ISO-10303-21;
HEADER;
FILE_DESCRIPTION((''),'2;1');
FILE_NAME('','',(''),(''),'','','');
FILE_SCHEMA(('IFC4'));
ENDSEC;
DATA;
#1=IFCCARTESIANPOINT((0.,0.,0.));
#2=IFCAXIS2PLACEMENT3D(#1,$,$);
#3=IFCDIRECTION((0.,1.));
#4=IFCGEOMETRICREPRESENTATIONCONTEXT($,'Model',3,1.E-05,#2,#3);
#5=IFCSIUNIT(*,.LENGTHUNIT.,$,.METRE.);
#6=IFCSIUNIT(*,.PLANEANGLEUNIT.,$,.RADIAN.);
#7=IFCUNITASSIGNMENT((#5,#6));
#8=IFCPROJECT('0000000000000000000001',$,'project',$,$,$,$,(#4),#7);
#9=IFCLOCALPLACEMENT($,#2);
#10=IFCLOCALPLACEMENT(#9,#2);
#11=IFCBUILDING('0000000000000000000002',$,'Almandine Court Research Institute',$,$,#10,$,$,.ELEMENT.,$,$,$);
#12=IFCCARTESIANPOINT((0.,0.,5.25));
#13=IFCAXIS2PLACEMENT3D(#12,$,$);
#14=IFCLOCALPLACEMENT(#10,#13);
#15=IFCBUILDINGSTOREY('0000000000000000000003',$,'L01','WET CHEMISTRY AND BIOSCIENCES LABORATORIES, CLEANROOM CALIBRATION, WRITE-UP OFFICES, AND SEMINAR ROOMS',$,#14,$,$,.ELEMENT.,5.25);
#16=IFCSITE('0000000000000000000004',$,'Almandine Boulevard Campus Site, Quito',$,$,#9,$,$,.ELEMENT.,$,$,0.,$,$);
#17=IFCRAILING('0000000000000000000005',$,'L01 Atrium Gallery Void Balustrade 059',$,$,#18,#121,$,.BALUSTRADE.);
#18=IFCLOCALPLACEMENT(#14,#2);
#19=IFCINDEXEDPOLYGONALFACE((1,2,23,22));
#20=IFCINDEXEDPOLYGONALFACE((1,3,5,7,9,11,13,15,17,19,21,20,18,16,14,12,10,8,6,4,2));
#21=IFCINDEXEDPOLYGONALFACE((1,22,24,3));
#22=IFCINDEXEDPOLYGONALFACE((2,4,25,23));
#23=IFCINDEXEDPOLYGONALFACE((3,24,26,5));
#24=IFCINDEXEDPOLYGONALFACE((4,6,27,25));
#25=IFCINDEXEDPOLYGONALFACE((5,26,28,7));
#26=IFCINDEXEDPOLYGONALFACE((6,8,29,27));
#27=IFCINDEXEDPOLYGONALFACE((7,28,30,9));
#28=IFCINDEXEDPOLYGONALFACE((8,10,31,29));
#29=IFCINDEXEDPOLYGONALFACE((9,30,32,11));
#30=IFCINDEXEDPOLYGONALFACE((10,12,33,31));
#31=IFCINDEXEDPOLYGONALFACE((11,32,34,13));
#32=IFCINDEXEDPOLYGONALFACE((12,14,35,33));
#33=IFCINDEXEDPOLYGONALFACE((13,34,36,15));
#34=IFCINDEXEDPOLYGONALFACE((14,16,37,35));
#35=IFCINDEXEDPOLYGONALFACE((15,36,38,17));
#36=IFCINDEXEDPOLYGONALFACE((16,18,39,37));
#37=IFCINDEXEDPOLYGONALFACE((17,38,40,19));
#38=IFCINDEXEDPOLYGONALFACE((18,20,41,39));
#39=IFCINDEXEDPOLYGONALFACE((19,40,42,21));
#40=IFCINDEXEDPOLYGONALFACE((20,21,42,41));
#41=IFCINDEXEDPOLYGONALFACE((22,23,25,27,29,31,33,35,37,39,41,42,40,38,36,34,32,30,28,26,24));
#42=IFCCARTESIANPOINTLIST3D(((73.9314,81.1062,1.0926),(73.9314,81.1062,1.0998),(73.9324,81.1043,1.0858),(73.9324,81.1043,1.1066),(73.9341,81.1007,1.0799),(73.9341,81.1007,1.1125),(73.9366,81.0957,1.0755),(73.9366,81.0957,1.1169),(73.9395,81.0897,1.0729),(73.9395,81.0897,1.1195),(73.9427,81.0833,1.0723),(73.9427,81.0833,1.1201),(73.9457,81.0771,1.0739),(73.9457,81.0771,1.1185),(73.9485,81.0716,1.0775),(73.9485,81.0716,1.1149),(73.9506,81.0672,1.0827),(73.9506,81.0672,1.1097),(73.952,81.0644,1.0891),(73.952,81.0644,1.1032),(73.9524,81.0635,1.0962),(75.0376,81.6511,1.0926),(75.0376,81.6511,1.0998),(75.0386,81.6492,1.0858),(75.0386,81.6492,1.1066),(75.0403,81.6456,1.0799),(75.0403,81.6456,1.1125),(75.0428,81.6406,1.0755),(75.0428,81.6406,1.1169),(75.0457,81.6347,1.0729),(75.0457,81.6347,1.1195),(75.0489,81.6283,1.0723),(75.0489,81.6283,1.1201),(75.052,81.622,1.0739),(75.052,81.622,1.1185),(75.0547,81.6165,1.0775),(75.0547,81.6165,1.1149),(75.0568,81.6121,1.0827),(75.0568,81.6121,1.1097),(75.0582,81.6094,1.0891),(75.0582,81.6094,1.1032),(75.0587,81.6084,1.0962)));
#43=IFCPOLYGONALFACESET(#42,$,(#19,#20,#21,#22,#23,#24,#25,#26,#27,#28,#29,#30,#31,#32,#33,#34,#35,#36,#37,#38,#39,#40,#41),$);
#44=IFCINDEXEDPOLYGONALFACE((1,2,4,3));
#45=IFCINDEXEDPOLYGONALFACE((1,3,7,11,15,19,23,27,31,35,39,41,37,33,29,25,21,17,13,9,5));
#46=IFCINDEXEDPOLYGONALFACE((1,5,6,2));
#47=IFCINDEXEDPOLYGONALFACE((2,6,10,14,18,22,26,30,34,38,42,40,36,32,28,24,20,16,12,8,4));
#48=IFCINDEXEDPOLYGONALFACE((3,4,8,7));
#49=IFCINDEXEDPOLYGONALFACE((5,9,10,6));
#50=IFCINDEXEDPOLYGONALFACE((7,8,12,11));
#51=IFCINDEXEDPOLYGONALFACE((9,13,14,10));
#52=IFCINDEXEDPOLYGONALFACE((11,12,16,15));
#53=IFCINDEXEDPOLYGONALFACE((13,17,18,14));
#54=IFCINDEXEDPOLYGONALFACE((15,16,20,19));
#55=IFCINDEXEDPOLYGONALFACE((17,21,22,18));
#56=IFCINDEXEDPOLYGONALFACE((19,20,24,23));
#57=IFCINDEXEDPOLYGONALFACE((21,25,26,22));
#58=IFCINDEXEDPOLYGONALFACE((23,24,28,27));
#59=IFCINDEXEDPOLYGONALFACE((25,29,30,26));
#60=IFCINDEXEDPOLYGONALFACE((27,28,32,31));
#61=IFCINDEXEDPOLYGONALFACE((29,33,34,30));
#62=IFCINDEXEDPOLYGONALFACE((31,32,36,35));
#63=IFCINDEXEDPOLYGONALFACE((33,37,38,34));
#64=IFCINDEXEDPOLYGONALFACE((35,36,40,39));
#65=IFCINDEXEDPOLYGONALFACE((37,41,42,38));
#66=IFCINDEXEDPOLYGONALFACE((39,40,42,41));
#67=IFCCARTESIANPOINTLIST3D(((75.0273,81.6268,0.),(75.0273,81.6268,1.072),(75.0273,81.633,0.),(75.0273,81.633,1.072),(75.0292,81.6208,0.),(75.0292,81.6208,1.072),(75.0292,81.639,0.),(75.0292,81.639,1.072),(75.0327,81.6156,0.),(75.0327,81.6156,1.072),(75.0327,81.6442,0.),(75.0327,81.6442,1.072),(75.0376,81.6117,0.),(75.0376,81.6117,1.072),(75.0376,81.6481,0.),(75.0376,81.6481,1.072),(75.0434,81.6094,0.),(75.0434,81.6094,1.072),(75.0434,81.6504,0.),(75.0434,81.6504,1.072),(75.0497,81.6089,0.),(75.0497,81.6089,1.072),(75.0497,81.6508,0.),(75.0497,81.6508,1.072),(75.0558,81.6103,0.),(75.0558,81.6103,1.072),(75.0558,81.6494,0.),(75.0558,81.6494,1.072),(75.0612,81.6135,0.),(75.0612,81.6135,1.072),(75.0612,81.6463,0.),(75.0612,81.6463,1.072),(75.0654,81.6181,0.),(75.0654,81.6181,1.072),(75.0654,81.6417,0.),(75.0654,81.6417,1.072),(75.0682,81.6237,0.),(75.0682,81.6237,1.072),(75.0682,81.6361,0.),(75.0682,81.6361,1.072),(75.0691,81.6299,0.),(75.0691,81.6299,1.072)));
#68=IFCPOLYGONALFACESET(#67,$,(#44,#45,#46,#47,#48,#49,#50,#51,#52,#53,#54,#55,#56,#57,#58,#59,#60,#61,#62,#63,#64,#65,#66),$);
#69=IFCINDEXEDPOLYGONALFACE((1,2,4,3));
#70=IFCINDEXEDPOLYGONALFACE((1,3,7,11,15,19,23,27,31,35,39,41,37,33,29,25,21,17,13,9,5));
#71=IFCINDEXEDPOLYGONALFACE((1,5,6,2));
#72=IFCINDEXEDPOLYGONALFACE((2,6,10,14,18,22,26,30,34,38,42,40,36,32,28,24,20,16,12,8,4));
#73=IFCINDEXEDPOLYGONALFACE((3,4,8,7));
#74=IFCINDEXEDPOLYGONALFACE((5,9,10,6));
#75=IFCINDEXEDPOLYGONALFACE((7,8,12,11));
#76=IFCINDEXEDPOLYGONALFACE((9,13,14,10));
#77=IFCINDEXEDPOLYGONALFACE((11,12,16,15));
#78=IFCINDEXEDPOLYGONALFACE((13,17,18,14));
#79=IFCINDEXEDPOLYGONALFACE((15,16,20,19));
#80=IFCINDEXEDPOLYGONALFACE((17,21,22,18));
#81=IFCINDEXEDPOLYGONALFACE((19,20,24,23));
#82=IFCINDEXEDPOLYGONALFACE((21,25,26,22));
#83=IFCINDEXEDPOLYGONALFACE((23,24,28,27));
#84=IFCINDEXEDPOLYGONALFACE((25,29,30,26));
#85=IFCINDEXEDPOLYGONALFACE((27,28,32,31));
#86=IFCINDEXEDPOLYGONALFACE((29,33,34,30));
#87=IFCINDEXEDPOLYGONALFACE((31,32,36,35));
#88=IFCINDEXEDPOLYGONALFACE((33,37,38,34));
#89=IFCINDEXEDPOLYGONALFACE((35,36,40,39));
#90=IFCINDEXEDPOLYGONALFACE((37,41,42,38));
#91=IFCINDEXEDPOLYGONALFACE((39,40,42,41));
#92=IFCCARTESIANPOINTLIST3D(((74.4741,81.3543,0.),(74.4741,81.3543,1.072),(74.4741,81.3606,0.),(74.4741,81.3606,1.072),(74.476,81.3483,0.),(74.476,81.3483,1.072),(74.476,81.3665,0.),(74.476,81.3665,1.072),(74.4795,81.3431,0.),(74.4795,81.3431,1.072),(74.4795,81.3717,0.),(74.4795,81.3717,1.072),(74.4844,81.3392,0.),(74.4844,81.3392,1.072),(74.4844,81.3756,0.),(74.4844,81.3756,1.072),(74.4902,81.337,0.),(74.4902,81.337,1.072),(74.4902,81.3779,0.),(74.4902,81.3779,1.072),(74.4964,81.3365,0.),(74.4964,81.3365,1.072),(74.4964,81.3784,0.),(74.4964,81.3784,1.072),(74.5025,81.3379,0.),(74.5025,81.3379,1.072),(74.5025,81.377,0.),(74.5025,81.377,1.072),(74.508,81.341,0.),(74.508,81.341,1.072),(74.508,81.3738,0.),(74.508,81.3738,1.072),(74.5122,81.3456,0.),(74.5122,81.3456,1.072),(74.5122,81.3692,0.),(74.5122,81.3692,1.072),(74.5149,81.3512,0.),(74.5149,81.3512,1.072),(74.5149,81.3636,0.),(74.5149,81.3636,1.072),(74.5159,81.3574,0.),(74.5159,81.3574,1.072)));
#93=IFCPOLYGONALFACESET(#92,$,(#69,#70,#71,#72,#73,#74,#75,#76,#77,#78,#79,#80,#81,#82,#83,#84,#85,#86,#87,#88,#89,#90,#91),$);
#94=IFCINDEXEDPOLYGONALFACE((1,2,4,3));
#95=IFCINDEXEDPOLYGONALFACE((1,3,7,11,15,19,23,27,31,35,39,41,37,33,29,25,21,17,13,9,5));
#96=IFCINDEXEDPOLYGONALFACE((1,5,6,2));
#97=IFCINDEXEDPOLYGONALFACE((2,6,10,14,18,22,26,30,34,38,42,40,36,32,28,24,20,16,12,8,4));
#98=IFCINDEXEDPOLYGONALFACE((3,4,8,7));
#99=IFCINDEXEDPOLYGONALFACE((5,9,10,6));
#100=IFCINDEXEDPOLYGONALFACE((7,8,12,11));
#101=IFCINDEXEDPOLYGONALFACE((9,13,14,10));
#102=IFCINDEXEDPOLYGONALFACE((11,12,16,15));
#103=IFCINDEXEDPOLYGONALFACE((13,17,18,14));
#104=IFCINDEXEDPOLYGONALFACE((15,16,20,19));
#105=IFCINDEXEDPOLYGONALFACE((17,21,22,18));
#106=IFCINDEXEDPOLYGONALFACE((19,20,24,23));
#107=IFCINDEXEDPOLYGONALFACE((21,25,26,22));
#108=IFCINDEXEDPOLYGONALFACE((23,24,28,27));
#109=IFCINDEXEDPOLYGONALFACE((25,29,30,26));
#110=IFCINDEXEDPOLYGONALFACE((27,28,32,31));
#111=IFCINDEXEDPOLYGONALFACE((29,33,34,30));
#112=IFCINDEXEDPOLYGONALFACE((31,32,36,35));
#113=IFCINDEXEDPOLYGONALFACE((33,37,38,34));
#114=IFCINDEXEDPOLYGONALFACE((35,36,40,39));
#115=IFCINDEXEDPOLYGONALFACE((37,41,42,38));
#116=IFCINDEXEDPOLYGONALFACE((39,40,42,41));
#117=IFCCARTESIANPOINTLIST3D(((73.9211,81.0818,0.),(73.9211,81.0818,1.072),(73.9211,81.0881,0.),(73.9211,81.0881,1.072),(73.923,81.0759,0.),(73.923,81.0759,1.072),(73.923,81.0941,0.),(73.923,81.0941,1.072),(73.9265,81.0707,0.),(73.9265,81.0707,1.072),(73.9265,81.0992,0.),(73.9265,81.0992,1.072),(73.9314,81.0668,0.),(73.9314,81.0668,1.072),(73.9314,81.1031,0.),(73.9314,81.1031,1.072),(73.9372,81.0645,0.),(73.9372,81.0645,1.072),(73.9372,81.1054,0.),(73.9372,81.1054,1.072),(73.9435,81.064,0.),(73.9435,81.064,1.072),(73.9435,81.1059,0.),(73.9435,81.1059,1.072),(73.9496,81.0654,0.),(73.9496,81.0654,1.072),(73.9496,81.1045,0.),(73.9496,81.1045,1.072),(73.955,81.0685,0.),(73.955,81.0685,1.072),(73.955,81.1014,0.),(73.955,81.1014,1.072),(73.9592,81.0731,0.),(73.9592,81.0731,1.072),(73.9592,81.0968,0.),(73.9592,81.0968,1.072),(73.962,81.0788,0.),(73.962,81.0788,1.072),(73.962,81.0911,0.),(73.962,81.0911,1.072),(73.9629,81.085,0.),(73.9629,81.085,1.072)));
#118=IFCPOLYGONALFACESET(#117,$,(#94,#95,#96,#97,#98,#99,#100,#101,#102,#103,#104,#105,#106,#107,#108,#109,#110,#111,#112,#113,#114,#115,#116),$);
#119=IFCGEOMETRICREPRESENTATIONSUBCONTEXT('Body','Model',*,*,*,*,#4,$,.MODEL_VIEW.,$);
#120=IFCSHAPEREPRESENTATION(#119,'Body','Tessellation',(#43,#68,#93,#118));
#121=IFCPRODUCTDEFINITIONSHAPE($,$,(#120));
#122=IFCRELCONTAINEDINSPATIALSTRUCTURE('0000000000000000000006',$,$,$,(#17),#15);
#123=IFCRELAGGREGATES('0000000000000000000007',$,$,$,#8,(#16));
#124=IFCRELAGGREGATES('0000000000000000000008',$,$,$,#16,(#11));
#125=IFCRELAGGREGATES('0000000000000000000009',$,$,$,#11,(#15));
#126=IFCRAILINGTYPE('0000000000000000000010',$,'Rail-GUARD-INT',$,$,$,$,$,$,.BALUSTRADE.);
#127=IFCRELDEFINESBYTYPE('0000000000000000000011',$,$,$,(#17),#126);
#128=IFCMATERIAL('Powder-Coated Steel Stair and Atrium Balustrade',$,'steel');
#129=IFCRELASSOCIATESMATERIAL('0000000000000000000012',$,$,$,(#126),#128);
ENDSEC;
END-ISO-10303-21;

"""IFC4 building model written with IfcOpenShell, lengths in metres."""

from ifc_helpers import new_model, si_unit, direction, frame, origin, origin_2d, place, context, subcontext, project, spatial, circle, extrude, material, type_object, element, save


model = new_model("IFC4")

# Units and contexts
model_context = context("Model", 3, precision=1e-05, world=origin(), true_north=direction((0.0, 1.0)))
body_context = subcontext(model_context, "Body", "Model", "MODEL_VIEW")
ifc_project = project(units=[si_unit("LENGTHUNIT", "METRE"), si_unit("PLANEANGLEUNIT", "RADIAN")], contexts=[model_context])

# Site, building, storey
site_placement = place(None, origin())
site = spatial("IfcSite", under=ifc_project, at=site_placement, Name="Almandine Boulevard Campus Site, Quito", CompositionType="ELEMENT", RefElevation=0.0)
building_placement = place(site_placement, origin())
building = spatial("IfcBuilding", under=site, at=building_placement, Name="Almandine Court Research Institute", CompositionType="ELEMENT")
storey_placement = place(building_placement, frame((0.0, 0.0, 5.25)))
storey = spatial("IfcBuildingStorey", under=building, at=storey_placement, Name="L01", Description="WET CHEMISTRY AND BIOSCIENCES LABORATORIES, CLEANROOM CALIBRATION, WRITE-UP OFFICES, AND SEMINAR ROOMS", CompositionType="ELEMENT", Elevation=5.25)

# Railing
ifc_material_1 = material(Name="Powder-Coated Steel Stair and Atrium Balustrade", Category="steel")
railing_type = type_object("IfcRailingType", Name="Rail-GUARD-INT", PredefinedType="BALUSTRADE", material=ifc_material_1)
railing_1_placement = place(storey_placement, frame((75.0481, 81.6299, 0.0)))
element("IfcRailing", 1, at=railing_1_placement, inside=storey, type_object=railing_type, Name="L01 Atrium Gallery Void Balustrade 059", PredefinedType="BALUSTRADE", context=body_context, shape_type="SweptSolid", body=[
    extrude(circle(Radius=0.0239, at=origin_2d()), frame((0.0, 0.0, 1.0962), z_axis=(-0.897064, -0.4419, 0.0), x_axis=(0.4419, -0.897064, 0.0)), (0.0, 0.0, 1.0), 1.2332),
    extrude(circle(Radius=0.021, at=origin_2d()), origin(), (0.0, 0.0, 1.0), 1.072),
    extrude(circle(Radius=0.021, at=origin_2d()), frame((-0.5532, -0.2725, 0.0)), (0.0, 0.0, 1.0), 1.072),
    extrude(circle(Radius=0.021, at=origin_2d()), frame((-1.1062, -0.5449, 0.0)), (0.0, 0.0, 1.0), 1.072),
])

save(model, "model.ifc")
